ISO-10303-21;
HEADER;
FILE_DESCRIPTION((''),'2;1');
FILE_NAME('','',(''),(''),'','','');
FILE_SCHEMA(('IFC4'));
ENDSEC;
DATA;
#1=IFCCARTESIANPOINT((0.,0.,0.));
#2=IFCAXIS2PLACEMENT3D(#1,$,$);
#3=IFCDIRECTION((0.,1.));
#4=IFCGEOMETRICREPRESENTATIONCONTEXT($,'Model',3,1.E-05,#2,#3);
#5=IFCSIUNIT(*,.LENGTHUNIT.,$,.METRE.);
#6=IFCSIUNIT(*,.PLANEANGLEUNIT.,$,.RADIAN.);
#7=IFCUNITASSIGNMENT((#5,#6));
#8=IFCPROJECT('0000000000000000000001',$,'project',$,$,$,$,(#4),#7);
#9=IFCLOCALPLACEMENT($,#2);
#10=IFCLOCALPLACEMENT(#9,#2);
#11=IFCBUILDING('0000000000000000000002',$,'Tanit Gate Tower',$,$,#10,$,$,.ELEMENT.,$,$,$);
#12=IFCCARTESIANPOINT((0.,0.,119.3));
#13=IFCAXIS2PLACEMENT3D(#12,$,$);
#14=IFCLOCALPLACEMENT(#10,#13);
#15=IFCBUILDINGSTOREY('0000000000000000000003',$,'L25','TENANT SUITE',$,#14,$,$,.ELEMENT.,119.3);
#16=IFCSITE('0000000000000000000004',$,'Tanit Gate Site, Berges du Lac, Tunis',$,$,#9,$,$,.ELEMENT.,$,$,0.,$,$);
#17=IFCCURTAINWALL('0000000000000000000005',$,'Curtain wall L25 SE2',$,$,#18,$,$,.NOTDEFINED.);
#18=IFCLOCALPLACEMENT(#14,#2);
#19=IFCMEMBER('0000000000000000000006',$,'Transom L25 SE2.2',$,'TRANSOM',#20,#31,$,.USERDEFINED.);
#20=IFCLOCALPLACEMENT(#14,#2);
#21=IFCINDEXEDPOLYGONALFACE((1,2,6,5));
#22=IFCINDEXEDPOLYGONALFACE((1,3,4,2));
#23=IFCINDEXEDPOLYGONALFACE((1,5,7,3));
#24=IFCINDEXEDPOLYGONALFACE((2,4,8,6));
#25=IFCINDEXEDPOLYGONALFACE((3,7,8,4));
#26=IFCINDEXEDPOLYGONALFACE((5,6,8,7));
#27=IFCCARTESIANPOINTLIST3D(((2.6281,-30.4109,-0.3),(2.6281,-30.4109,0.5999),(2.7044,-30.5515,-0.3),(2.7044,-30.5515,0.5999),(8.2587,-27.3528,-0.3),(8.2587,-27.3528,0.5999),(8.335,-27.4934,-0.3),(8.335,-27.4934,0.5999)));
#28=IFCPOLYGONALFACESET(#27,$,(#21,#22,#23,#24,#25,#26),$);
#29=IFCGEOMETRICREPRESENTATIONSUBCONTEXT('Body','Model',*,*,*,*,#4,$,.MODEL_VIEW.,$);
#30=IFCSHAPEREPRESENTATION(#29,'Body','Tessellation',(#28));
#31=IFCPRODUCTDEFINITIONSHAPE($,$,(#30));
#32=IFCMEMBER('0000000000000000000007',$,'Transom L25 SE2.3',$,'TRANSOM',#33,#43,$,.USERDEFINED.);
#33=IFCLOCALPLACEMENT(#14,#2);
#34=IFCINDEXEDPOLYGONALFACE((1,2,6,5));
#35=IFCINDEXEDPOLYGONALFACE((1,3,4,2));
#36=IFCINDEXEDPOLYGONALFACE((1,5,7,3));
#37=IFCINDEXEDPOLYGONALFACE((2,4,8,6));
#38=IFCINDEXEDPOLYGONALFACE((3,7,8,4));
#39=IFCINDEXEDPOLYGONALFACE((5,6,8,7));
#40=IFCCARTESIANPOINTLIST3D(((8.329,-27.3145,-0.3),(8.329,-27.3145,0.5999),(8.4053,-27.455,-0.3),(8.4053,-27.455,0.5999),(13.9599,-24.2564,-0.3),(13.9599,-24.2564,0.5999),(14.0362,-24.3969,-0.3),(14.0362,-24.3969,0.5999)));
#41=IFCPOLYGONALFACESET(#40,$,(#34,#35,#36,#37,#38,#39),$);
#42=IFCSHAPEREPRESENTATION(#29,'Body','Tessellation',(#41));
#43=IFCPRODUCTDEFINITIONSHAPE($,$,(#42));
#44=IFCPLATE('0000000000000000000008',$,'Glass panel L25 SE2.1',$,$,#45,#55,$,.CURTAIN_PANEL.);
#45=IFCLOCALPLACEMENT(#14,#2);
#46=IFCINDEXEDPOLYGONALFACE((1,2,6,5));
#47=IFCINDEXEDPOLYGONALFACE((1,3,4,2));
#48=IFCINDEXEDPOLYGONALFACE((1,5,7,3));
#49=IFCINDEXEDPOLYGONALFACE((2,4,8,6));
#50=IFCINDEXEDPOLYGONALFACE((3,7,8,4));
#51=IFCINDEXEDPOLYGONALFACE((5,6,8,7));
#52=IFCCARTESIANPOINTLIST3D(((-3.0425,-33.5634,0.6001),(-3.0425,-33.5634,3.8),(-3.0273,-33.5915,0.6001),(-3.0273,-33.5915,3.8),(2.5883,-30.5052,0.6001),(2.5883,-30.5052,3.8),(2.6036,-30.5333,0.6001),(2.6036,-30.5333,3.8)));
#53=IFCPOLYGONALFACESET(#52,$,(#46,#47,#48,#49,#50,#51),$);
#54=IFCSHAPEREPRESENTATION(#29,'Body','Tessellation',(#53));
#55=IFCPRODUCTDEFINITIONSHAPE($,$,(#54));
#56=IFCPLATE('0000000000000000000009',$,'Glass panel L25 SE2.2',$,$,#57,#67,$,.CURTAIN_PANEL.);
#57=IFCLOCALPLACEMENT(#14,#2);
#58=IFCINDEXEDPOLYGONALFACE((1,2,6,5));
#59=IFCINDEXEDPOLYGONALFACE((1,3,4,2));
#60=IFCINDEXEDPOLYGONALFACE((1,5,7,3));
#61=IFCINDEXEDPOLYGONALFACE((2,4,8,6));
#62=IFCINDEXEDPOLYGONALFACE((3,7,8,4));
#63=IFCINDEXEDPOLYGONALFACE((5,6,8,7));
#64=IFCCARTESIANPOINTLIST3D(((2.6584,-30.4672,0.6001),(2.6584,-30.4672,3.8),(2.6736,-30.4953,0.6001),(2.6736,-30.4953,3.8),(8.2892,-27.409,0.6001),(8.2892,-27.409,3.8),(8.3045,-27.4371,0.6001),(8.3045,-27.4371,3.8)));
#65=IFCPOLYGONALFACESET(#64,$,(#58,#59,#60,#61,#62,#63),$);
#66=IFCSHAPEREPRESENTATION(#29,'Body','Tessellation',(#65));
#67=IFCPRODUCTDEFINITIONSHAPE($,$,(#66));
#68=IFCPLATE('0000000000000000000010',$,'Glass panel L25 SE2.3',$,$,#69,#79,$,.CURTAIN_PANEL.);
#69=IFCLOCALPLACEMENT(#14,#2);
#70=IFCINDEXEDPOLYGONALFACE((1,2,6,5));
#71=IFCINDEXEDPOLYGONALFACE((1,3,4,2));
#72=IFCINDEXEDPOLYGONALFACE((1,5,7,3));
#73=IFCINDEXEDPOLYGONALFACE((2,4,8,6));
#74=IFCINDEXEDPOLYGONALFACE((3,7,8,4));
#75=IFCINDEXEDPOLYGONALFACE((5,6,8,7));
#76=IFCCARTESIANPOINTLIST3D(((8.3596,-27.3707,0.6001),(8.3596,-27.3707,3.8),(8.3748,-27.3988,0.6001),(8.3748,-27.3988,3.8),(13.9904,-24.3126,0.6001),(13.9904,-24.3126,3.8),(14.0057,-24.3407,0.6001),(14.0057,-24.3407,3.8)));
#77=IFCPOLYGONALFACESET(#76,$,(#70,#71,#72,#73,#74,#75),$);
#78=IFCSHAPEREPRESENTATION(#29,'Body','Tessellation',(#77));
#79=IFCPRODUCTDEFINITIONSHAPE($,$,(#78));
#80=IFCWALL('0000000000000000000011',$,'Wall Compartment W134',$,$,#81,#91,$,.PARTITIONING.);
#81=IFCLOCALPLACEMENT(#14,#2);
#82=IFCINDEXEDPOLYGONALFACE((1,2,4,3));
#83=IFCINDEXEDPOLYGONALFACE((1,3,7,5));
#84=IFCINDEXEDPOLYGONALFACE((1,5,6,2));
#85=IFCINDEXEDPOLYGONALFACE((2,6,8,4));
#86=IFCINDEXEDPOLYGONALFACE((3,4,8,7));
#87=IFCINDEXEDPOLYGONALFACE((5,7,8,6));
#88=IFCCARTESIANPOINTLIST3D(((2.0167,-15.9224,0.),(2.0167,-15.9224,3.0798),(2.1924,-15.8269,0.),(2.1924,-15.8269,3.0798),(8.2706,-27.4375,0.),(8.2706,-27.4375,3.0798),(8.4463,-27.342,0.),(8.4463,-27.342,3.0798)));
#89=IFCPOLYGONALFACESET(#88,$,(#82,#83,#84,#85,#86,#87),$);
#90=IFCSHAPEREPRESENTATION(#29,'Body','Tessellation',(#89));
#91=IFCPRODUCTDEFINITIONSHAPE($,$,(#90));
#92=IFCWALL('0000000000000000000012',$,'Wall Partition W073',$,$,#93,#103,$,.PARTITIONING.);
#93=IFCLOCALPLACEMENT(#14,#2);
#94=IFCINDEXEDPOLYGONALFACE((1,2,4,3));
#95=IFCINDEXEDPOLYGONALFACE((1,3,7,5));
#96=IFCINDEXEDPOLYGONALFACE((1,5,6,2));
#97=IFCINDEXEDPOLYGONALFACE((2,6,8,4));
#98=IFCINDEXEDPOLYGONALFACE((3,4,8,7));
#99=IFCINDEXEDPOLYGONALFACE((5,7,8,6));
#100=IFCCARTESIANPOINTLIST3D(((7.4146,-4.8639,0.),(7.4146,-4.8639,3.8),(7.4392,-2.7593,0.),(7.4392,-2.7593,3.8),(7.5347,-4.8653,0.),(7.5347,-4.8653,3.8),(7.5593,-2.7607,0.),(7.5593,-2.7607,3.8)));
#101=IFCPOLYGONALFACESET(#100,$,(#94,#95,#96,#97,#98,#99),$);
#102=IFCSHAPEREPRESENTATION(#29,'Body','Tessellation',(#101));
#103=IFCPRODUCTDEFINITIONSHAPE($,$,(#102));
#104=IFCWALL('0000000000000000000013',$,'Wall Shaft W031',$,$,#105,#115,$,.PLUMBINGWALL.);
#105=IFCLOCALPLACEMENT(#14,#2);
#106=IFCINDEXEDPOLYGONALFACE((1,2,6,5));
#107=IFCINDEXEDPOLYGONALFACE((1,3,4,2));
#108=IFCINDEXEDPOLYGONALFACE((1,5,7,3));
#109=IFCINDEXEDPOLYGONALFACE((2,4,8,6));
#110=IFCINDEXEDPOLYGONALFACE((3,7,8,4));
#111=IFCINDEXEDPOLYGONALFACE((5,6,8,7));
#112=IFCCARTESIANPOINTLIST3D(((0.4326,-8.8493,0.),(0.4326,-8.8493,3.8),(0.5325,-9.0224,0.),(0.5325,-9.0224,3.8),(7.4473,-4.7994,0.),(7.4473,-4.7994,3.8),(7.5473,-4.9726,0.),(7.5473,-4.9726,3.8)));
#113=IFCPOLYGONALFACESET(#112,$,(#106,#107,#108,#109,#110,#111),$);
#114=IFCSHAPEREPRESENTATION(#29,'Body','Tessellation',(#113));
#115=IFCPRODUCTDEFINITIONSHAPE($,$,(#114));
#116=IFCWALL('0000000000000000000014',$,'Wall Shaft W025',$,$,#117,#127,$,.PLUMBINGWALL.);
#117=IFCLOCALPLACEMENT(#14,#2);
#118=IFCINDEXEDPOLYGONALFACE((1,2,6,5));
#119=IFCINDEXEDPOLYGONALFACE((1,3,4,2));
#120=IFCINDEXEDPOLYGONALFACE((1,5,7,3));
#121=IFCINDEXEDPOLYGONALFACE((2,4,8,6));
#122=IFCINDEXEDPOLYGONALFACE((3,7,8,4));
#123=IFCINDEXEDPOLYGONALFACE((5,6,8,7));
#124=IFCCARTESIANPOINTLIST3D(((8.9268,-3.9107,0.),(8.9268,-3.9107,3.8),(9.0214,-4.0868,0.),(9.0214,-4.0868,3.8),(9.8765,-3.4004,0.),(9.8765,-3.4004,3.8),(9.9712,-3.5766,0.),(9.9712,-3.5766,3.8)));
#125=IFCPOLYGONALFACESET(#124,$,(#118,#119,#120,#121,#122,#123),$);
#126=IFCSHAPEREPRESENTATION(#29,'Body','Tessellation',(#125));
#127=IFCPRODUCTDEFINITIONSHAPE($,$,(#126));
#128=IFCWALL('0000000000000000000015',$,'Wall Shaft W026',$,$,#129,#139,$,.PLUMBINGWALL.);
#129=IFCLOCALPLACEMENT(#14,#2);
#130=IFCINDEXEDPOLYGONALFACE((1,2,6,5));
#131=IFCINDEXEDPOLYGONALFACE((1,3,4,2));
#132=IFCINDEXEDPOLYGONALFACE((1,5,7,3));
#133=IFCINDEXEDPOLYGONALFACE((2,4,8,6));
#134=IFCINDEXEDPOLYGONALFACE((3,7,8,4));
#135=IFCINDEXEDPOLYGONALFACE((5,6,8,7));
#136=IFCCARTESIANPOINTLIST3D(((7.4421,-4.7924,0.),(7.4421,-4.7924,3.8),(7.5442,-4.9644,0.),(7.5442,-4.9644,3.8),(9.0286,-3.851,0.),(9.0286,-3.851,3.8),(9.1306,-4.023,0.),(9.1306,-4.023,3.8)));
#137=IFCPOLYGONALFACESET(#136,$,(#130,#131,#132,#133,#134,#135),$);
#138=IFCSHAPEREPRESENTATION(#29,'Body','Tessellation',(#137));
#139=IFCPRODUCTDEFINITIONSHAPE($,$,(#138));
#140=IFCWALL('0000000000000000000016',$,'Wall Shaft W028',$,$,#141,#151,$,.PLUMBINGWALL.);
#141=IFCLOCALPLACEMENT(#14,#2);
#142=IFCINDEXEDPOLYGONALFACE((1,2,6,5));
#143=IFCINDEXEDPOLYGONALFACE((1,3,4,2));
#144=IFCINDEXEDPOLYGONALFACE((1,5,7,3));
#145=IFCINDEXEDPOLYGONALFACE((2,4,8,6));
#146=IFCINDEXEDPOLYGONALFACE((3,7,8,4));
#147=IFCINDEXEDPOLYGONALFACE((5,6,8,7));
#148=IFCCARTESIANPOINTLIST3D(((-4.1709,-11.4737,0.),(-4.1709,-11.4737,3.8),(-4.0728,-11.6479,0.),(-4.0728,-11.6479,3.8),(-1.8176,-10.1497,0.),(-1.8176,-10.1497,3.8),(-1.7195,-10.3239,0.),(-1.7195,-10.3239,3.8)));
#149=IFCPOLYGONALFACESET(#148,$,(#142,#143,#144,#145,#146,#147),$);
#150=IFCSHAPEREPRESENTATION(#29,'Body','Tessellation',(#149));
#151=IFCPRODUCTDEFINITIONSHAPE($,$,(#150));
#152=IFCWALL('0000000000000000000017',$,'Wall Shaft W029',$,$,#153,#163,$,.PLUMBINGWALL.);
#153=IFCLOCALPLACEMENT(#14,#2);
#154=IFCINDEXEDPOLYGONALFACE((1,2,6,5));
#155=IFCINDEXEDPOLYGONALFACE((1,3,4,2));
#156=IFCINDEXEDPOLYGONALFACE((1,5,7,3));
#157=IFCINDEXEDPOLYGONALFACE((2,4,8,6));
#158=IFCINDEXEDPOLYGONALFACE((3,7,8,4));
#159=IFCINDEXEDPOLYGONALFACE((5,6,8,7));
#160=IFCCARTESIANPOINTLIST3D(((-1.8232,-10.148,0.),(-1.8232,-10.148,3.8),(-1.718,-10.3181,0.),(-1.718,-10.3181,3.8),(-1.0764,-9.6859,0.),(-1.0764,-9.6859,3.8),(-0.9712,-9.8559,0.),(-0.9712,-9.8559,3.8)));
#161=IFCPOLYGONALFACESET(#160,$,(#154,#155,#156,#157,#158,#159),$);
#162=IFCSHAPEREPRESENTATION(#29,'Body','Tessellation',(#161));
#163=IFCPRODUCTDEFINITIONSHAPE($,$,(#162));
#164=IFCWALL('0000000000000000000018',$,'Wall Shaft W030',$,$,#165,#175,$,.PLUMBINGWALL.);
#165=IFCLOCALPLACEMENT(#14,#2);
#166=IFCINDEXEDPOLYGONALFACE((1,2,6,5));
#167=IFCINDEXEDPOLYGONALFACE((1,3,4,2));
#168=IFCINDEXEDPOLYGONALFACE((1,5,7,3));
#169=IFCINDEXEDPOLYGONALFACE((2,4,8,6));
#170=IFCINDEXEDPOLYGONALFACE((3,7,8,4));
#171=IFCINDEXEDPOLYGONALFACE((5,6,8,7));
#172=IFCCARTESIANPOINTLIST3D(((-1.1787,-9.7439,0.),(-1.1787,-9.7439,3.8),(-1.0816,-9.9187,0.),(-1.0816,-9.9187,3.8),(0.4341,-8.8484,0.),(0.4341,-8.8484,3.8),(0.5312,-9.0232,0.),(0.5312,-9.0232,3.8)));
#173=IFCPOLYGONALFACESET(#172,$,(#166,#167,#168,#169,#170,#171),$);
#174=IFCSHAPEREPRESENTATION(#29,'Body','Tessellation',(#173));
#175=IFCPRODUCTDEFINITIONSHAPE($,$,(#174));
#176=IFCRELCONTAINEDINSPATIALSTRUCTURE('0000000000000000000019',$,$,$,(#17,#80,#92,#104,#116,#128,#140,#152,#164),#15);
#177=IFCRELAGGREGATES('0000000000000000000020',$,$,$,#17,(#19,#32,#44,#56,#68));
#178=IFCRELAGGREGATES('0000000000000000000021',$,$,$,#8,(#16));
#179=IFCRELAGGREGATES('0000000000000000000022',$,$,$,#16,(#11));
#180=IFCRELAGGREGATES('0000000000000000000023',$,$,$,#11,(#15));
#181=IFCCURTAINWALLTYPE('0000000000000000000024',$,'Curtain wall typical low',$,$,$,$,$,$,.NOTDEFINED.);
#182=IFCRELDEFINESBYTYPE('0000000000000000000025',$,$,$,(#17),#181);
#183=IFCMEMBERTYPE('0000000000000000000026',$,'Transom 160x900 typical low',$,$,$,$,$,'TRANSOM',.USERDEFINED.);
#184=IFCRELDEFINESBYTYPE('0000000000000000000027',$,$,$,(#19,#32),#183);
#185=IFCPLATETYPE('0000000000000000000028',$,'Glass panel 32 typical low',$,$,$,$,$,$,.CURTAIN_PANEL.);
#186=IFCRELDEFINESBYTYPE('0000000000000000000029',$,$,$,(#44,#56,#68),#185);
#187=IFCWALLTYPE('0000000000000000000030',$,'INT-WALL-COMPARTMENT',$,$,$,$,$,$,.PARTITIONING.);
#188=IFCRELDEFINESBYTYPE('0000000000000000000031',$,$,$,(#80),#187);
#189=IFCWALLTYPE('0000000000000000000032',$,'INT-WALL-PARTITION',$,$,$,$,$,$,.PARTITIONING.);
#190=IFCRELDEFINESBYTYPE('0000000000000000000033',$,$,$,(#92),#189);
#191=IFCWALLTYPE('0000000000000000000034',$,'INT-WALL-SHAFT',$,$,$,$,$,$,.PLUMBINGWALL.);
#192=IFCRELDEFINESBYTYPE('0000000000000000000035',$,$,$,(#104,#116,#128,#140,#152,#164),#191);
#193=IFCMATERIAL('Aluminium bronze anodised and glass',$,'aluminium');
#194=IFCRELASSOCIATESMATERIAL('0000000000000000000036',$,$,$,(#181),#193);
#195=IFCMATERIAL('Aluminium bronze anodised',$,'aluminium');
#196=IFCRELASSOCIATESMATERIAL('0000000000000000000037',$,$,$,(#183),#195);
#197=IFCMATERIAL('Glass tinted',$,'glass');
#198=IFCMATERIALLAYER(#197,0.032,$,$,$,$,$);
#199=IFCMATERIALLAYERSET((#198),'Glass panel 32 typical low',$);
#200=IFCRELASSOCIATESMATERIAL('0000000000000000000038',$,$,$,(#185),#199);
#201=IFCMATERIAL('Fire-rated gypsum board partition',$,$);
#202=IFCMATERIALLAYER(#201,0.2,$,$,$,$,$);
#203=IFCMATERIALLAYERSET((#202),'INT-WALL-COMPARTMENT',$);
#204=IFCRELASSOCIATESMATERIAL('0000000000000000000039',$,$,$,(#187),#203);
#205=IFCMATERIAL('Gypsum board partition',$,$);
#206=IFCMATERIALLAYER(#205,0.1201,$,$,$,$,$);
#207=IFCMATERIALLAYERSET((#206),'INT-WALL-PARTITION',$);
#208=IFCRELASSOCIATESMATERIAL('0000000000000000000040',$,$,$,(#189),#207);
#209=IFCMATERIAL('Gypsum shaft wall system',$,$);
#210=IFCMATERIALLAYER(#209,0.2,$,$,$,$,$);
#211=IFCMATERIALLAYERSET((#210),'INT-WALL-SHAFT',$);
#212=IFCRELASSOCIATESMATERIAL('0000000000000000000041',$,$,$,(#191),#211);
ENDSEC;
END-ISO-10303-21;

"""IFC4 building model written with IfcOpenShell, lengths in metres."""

from ifc_helpers import new_model, si_unit, direction, frame, frame_2d, origin, origin_2d, place, context, subcontext, project, spatial, rectangle, extrude, material, layer, layer_set, material_profile, profile_set, type_object, element, aggregate, save


model = new_model("IFC4")

# Units and contexts
model_context = context("Model", 3, precision=1e-05, world=origin(), true_north=direction((0.0, 1.0)))
body_context = subcontext(model_context, "Body", "Model", "MODEL_VIEW")
ifc_project = project(units=[si_unit("LENGTHUNIT", "METRE"), si_unit("PLANEANGLEUNIT", "RADIAN")], contexts=[model_context])

# Site, building, storey
site_placement = place(None, origin())
site = spatial("IfcSite", under=ifc_project, at=site_placement, Name="Tanit Gate Site, Berges du Lac, Tunis", CompositionType="ELEMENT", RefElevation=0.0)
building_placement = place(site_placement, origin())
building = spatial("IfcBuilding", under=site, at=building_placement, Name="Tanit Gate Tower", CompositionType="ELEMENT")
storey_placement = place(building_placement, frame((0.0, 0.0, 119.3)))
storey = spatial("IfcBuildingStorey", under=building, at=storey_placement, Name="L25", Description="TENANT SUITE", CompositionType="ELEMENT", Elevation=119.3)

# Curtain wall
ifc_material_1 = material(Name="Aluminium bronze anodised and glass", Category="aluminium")
curtain_wall_type = type_object("IfcCurtainWallType", Name="Curtain wall typical low", PredefinedType="NOTDEFINED", material=ifc_material_1)
curtain_wall_placement = place(storey_placement, origin())
curtain_wall = element("IfcCurtainWall", 1, at=curtain_wall_placement, inside=storey, type_object=curtain_wall_type, Name="Curtain wall L25 SE2", PredefinedType="NOTDEFINED")

# Members
ifc_material_2 = material(Name="Aluminium bronze anodised", Category="aluminium")
ifc_material_profile_1 = material_profile(ifc_material_2, rectangle(XDim=0.1599, YDim=0.8999, at=origin_2d()), Name="160x900 bronze transom")
ifc_profile_set_1 = profile_set([ifc_material_profile_1], Name="Aluminium bronze anodised")
member_type_1 = type_object("IfcMemberType", Name="Transom 160x900 typical low", ElementType="TRANSOM", PredefinedType="USERDEFINED", material=ifc_profile_set_1)
member_1_placement = place(storey_placement, frame((2.6663, -30.4812, 0.1499), z_axis=(0.878756, 0.477271, 0.0), x_axis=(-0.477271, 0.878756, 0.0)))
member_1 = element("IfcMember", 2, at=member_1_placement, type_object=member_type_1, Name="Transom L25 SE2.2", ObjectType="TRANSOM", PredefinedType="USERDEFINED", context=body_context, shape_type="SweptSolid", body=[
    extrude(rectangle(XDim=0.1599, YDim=0.8999, at=origin_2d()), origin(), (0.0, 0.0, 1.0), 6.4075),
])
member_2_placement = place(storey_placement, frame((8.3672, -27.3848, 0.1499), z_axis=(0.878765, 0.477255, 0.0), x_axis=(-0.477255, 0.878765, 0.0)))
member_2 = element("IfcMember", 3, at=member_2_placement, type_object=member_type_1, Name="Transom L25 SE2.3", ObjectType="TRANSOM", PredefinedType="USERDEFINED", context=body_context, shape_type="SweptSolid", body=[
    extrude(rectangle(XDim=0.1599, YDim=0.8999, at=origin_2d()), origin(), (0.0, 0.0, 1.0), 6.4077),
])

# Plates
ifc_material_3 = material(Name="Glass tinted", Category="glass")
ifc_layer_1 = layer(ifc_material_3, 0.032)
ifc_layer_set_1 = layer_set([ifc_layer_1], Name="Glass panel 32 typical low")
plate_type = type_object("IfcPlateType", Name="Glass panel 32 typical low", PredefinedType="CURTAIN_PANEL", material=ifc_layer_set_1)
plate_1_placement = place(storey_placement, frame((-0.2195, -32.0483, 0.6001), z_axis=(0.0, 0.0, 1.0), x_axis=(0.878762, 0.477259, 0.0)))
plate_1 = element("IfcPlate", 4, at=plate_1_placement, type_object=plate_type, Name="Glass panel L25 SE2.1", PredefinedType="CURTAIN_PANEL", context=body_context, shape_type="SweptSolid", body=[
    extrude(rectangle(XDim=6.4077, YDim=0.032, at=origin_2d()), origin(), (0.0, 0.0, 1.0), 3.2),
])
plate_2_placement = place(storey_placement, frame((5.4814, -28.9521, 0.6001), z_axis=(0.0, 0.0, 1.0), x_axis=(0.878762, 0.477259, 0.0)))
plate_2 = element("IfcPlate", 5, at=plate_2_placement, type_object=plate_type, Name="Glass panel L25 SE2.2", PredefinedType="CURTAIN_PANEL", context=body_context, shape_type="SweptSolid", body=[
    extrude(rectangle(XDim=6.4077, YDim=0.032, at=origin_2d()), origin(), (0.0, 0.0, 1.0), 3.2),
])
plate_3_placement = place(storey_placement, frame((11.1826, -25.8557, 0.6001), z_axis=(0.0, 0.0, 1.0), x_axis=(0.878762, 0.477259, 0.0)))
plate_3 = element("IfcPlate", 6, at=plate_3_placement, type_object=plate_type, Name="Glass panel L25 SE2.3", PredefinedType="CURTAIN_PANEL", context=body_context, shape_type="SweptSolid", body=[
    extrude(rectangle(XDim=6.4077, YDim=0.032, at=origin_2d()), origin(), (0.0, 0.0, 1.0), 3.2),
])
aggregate(curtain_wall, [member_1, member_2, plate_1, plate_2, plate_3])

# Walls
ifc_material_4 = material(Name="Fire-rated gypsum board partition")
ifc_layer_2 = layer(ifc_material_4, 0.2)
ifc_layer_set_2 = layer_set([ifc_layer_2], Name="INT-WALL-COMPARTMENT")
wall_type_1 = type_object("IfcWallType", Name="INT-WALL-COMPARTMENT", PredefinedType="PARTITIONING", material=ifc_layer_set_2)
wall_1_placement = place(storey_placement, frame((8.3584, -27.3896, 0.0), z_axis=(0.0, 0.0, 1.0), x_axis=(-0.477259, 0.878763, 0.0)))
element("IfcWall", 7, at=wall_1_placement, inside=storey, type_object=wall_type_1, Name="Wall Compartment W134", PredefinedType="PARTITIONING", context=body_context, shape_type="SweptSolid", body=[
    extrude(rectangle(XDim=13.1038, YDim=0.2, at=frame_2d((6.5518, 0.0))), origin(), (0.0, 0.0, 1.0), 3.0798),
])
ifc_material_5 = material(Name="Gypsum board partition")
ifc_layer_3 = layer(ifc_material_5, 0.1201)
ifc_layer_set_3 = layer_set([ifc_layer_3], Name="INT-WALL-PARTITION")
wall_type_2 = type_object("IfcWallType", Name="INT-WALL-PARTITION", PredefinedType="PARTITIONING", material=ifc_layer_set_3)
wall_2_placement = place(storey_placement, frame((7.4746, -4.8645, 0.0), z_axis=(0.0, 0.0, 1.0), x_axis=(0.011716, 0.999931, 0.0)))
element("IfcWall", 8, at=wall_2_placement, inside=storey, type_object=wall_type_2, Name="Wall Partition W073", PredefinedType="PARTITIONING", context=body_context, shape_type="SweptSolid", body=[
    extrude(rectangle(XDim=2.1047, YDim=0.1201, at=frame_2d((1.0522, 0.0))), origin(), (0.0, 0.0, 1.0), 3.8),
])
ifc_material_6 = material(Name="Gypsum shaft wall system")
ifc_layer_4 = layer(ifc_material_6, 0.2)
ifc_layer_set_4 = layer_set([ifc_layer_4], Name="INT-WALL-SHAFT")
wall_type_3 = type_object("IfcWallType", Name="INT-WALL-SHAFT", PredefinedType="PLUMBINGWALL", material=ifc_layer_set_4)
wall_3_placement = place(storey_placement, frame((0.4827, -8.9358, 0.0), z_axis=(0.0, 0.0, 1.0), x_axis=(0.866031, 0.49999, 0.0)))
element("IfcWall", 9, at=wall_3_placement, inside=storey, type_object=wall_type_3, Name="Wall Shaft W031", PredefinedType="PLUMBINGWALL", context=body_context, shape_type="SweptSolid", body=[
    extrude(rectangle(XDim=8.0999, YDim=0.2, at=frame_2d((4.0498, 0.0))), origin(), (0.0, 0.0, 1.0), 3.8),
])
wall_4_placement = place(storey_placement, frame((8.9741, -3.9988, 0.0), z_axis=(0.0, 0.0, 1.0), x_axis=(0.880907, 0.473289, 0.0)))
element("IfcWall", 10, at=wall_4_placement, inside=storey, type_object=wall_type_3, Name="Wall Shaft W025", PredefinedType="PLUMBINGWALL", context=body_context, shape_type="SweptSolid", body=[
    extrude(rectangle(XDim=1.0781, YDim=0.2, at=frame_2d((0.5391, 0.0))), origin(), (0.0, 0.0, 1.0), 3.8),
])
wall_5_placement = place(storey_placement, frame((7.4932, -4.8784, 0.0), z_axis=(0.0, 0.0, 1.0), x_axis=(0.859982, 0.510325, 0.0)))
element("IfcWall", 11, at=wall_5_placement, inside=storey, type_object=wall_type_3, Name="Wall Shaft W026", PredefinedType="PLUMBINGWALL", context=body_context, shape_type="SweptSolid", body=[
    extrude(rectangle(XDim=1.8447, YDim=0.2, at=frame_2d((0.9224, 0.0))), origin(), (0.0, 0.0, 1.0), 3.8),
])
wall_6_placement = place(storey_placement, frame((-1.7686, -10.2368, 0.0), z_axis=(0.0, 0.0, 1.0), x_axis=(-0.871534, -0.490334, 0.0)))
element("IfcWall", 12, at=wall_6_placement, inside=storey, type_object=wall_type_3, Name="Wall Shaft W028", PredefinedType="PLUMBINGWALL", context=body_context, shape_type="SweptSolid", body=[
    extrude(rectangle(XDim=2.7002, YDim=0.2, at=frame_2d((1.3501, 0.0))), origin(), (0.0, 0.0, 1.0), 3.8),
])
wall_7_placement = place(storey_placement, frame((-1.0239, -9.771, 0.0), z_axis=(0.0, 0.0, 1.0), x_axis=(-0.850348, -0.526221, 0.0)))
element("IfcWall", 13, at=wall_7_placement, inside=storey, type_object=wall_type_3, Name="Wall Shaft W029", PredefinedType="PLUMBINGWALL", context=body_context, shape_type="SweptSolid", body=[
    extrude(rectangle(XDim=0.8782, YDim=0.2, at=frame_2d((0.439, 0.0))), origin(), (0.0, 0.0, 1.0), 3.8),
])
wall_8_placement = place(storey_placement, frame((-1.1301, -9.8313, 0.0), z_axis=(0.0, 0.0, 1.0), x_axis=(0.87427, 0.485441, 0.0)))
element("IfcWall", 14, at=wall_8_placement, inside=storey, type_object=wall_type_3, Name="Wall Shaft W030", PredefinedType="PLUMBINGWALL", context=body_context, shape_type="SweptSolid", body=[
    extrude(rectangle(XDim=1.8447, YDim=0.2, at=frame_2d((0.9224, 0.0))), origin(), (0.0, 0.0, 1.0), 3.8),
])

save(model, "model.ifc")
